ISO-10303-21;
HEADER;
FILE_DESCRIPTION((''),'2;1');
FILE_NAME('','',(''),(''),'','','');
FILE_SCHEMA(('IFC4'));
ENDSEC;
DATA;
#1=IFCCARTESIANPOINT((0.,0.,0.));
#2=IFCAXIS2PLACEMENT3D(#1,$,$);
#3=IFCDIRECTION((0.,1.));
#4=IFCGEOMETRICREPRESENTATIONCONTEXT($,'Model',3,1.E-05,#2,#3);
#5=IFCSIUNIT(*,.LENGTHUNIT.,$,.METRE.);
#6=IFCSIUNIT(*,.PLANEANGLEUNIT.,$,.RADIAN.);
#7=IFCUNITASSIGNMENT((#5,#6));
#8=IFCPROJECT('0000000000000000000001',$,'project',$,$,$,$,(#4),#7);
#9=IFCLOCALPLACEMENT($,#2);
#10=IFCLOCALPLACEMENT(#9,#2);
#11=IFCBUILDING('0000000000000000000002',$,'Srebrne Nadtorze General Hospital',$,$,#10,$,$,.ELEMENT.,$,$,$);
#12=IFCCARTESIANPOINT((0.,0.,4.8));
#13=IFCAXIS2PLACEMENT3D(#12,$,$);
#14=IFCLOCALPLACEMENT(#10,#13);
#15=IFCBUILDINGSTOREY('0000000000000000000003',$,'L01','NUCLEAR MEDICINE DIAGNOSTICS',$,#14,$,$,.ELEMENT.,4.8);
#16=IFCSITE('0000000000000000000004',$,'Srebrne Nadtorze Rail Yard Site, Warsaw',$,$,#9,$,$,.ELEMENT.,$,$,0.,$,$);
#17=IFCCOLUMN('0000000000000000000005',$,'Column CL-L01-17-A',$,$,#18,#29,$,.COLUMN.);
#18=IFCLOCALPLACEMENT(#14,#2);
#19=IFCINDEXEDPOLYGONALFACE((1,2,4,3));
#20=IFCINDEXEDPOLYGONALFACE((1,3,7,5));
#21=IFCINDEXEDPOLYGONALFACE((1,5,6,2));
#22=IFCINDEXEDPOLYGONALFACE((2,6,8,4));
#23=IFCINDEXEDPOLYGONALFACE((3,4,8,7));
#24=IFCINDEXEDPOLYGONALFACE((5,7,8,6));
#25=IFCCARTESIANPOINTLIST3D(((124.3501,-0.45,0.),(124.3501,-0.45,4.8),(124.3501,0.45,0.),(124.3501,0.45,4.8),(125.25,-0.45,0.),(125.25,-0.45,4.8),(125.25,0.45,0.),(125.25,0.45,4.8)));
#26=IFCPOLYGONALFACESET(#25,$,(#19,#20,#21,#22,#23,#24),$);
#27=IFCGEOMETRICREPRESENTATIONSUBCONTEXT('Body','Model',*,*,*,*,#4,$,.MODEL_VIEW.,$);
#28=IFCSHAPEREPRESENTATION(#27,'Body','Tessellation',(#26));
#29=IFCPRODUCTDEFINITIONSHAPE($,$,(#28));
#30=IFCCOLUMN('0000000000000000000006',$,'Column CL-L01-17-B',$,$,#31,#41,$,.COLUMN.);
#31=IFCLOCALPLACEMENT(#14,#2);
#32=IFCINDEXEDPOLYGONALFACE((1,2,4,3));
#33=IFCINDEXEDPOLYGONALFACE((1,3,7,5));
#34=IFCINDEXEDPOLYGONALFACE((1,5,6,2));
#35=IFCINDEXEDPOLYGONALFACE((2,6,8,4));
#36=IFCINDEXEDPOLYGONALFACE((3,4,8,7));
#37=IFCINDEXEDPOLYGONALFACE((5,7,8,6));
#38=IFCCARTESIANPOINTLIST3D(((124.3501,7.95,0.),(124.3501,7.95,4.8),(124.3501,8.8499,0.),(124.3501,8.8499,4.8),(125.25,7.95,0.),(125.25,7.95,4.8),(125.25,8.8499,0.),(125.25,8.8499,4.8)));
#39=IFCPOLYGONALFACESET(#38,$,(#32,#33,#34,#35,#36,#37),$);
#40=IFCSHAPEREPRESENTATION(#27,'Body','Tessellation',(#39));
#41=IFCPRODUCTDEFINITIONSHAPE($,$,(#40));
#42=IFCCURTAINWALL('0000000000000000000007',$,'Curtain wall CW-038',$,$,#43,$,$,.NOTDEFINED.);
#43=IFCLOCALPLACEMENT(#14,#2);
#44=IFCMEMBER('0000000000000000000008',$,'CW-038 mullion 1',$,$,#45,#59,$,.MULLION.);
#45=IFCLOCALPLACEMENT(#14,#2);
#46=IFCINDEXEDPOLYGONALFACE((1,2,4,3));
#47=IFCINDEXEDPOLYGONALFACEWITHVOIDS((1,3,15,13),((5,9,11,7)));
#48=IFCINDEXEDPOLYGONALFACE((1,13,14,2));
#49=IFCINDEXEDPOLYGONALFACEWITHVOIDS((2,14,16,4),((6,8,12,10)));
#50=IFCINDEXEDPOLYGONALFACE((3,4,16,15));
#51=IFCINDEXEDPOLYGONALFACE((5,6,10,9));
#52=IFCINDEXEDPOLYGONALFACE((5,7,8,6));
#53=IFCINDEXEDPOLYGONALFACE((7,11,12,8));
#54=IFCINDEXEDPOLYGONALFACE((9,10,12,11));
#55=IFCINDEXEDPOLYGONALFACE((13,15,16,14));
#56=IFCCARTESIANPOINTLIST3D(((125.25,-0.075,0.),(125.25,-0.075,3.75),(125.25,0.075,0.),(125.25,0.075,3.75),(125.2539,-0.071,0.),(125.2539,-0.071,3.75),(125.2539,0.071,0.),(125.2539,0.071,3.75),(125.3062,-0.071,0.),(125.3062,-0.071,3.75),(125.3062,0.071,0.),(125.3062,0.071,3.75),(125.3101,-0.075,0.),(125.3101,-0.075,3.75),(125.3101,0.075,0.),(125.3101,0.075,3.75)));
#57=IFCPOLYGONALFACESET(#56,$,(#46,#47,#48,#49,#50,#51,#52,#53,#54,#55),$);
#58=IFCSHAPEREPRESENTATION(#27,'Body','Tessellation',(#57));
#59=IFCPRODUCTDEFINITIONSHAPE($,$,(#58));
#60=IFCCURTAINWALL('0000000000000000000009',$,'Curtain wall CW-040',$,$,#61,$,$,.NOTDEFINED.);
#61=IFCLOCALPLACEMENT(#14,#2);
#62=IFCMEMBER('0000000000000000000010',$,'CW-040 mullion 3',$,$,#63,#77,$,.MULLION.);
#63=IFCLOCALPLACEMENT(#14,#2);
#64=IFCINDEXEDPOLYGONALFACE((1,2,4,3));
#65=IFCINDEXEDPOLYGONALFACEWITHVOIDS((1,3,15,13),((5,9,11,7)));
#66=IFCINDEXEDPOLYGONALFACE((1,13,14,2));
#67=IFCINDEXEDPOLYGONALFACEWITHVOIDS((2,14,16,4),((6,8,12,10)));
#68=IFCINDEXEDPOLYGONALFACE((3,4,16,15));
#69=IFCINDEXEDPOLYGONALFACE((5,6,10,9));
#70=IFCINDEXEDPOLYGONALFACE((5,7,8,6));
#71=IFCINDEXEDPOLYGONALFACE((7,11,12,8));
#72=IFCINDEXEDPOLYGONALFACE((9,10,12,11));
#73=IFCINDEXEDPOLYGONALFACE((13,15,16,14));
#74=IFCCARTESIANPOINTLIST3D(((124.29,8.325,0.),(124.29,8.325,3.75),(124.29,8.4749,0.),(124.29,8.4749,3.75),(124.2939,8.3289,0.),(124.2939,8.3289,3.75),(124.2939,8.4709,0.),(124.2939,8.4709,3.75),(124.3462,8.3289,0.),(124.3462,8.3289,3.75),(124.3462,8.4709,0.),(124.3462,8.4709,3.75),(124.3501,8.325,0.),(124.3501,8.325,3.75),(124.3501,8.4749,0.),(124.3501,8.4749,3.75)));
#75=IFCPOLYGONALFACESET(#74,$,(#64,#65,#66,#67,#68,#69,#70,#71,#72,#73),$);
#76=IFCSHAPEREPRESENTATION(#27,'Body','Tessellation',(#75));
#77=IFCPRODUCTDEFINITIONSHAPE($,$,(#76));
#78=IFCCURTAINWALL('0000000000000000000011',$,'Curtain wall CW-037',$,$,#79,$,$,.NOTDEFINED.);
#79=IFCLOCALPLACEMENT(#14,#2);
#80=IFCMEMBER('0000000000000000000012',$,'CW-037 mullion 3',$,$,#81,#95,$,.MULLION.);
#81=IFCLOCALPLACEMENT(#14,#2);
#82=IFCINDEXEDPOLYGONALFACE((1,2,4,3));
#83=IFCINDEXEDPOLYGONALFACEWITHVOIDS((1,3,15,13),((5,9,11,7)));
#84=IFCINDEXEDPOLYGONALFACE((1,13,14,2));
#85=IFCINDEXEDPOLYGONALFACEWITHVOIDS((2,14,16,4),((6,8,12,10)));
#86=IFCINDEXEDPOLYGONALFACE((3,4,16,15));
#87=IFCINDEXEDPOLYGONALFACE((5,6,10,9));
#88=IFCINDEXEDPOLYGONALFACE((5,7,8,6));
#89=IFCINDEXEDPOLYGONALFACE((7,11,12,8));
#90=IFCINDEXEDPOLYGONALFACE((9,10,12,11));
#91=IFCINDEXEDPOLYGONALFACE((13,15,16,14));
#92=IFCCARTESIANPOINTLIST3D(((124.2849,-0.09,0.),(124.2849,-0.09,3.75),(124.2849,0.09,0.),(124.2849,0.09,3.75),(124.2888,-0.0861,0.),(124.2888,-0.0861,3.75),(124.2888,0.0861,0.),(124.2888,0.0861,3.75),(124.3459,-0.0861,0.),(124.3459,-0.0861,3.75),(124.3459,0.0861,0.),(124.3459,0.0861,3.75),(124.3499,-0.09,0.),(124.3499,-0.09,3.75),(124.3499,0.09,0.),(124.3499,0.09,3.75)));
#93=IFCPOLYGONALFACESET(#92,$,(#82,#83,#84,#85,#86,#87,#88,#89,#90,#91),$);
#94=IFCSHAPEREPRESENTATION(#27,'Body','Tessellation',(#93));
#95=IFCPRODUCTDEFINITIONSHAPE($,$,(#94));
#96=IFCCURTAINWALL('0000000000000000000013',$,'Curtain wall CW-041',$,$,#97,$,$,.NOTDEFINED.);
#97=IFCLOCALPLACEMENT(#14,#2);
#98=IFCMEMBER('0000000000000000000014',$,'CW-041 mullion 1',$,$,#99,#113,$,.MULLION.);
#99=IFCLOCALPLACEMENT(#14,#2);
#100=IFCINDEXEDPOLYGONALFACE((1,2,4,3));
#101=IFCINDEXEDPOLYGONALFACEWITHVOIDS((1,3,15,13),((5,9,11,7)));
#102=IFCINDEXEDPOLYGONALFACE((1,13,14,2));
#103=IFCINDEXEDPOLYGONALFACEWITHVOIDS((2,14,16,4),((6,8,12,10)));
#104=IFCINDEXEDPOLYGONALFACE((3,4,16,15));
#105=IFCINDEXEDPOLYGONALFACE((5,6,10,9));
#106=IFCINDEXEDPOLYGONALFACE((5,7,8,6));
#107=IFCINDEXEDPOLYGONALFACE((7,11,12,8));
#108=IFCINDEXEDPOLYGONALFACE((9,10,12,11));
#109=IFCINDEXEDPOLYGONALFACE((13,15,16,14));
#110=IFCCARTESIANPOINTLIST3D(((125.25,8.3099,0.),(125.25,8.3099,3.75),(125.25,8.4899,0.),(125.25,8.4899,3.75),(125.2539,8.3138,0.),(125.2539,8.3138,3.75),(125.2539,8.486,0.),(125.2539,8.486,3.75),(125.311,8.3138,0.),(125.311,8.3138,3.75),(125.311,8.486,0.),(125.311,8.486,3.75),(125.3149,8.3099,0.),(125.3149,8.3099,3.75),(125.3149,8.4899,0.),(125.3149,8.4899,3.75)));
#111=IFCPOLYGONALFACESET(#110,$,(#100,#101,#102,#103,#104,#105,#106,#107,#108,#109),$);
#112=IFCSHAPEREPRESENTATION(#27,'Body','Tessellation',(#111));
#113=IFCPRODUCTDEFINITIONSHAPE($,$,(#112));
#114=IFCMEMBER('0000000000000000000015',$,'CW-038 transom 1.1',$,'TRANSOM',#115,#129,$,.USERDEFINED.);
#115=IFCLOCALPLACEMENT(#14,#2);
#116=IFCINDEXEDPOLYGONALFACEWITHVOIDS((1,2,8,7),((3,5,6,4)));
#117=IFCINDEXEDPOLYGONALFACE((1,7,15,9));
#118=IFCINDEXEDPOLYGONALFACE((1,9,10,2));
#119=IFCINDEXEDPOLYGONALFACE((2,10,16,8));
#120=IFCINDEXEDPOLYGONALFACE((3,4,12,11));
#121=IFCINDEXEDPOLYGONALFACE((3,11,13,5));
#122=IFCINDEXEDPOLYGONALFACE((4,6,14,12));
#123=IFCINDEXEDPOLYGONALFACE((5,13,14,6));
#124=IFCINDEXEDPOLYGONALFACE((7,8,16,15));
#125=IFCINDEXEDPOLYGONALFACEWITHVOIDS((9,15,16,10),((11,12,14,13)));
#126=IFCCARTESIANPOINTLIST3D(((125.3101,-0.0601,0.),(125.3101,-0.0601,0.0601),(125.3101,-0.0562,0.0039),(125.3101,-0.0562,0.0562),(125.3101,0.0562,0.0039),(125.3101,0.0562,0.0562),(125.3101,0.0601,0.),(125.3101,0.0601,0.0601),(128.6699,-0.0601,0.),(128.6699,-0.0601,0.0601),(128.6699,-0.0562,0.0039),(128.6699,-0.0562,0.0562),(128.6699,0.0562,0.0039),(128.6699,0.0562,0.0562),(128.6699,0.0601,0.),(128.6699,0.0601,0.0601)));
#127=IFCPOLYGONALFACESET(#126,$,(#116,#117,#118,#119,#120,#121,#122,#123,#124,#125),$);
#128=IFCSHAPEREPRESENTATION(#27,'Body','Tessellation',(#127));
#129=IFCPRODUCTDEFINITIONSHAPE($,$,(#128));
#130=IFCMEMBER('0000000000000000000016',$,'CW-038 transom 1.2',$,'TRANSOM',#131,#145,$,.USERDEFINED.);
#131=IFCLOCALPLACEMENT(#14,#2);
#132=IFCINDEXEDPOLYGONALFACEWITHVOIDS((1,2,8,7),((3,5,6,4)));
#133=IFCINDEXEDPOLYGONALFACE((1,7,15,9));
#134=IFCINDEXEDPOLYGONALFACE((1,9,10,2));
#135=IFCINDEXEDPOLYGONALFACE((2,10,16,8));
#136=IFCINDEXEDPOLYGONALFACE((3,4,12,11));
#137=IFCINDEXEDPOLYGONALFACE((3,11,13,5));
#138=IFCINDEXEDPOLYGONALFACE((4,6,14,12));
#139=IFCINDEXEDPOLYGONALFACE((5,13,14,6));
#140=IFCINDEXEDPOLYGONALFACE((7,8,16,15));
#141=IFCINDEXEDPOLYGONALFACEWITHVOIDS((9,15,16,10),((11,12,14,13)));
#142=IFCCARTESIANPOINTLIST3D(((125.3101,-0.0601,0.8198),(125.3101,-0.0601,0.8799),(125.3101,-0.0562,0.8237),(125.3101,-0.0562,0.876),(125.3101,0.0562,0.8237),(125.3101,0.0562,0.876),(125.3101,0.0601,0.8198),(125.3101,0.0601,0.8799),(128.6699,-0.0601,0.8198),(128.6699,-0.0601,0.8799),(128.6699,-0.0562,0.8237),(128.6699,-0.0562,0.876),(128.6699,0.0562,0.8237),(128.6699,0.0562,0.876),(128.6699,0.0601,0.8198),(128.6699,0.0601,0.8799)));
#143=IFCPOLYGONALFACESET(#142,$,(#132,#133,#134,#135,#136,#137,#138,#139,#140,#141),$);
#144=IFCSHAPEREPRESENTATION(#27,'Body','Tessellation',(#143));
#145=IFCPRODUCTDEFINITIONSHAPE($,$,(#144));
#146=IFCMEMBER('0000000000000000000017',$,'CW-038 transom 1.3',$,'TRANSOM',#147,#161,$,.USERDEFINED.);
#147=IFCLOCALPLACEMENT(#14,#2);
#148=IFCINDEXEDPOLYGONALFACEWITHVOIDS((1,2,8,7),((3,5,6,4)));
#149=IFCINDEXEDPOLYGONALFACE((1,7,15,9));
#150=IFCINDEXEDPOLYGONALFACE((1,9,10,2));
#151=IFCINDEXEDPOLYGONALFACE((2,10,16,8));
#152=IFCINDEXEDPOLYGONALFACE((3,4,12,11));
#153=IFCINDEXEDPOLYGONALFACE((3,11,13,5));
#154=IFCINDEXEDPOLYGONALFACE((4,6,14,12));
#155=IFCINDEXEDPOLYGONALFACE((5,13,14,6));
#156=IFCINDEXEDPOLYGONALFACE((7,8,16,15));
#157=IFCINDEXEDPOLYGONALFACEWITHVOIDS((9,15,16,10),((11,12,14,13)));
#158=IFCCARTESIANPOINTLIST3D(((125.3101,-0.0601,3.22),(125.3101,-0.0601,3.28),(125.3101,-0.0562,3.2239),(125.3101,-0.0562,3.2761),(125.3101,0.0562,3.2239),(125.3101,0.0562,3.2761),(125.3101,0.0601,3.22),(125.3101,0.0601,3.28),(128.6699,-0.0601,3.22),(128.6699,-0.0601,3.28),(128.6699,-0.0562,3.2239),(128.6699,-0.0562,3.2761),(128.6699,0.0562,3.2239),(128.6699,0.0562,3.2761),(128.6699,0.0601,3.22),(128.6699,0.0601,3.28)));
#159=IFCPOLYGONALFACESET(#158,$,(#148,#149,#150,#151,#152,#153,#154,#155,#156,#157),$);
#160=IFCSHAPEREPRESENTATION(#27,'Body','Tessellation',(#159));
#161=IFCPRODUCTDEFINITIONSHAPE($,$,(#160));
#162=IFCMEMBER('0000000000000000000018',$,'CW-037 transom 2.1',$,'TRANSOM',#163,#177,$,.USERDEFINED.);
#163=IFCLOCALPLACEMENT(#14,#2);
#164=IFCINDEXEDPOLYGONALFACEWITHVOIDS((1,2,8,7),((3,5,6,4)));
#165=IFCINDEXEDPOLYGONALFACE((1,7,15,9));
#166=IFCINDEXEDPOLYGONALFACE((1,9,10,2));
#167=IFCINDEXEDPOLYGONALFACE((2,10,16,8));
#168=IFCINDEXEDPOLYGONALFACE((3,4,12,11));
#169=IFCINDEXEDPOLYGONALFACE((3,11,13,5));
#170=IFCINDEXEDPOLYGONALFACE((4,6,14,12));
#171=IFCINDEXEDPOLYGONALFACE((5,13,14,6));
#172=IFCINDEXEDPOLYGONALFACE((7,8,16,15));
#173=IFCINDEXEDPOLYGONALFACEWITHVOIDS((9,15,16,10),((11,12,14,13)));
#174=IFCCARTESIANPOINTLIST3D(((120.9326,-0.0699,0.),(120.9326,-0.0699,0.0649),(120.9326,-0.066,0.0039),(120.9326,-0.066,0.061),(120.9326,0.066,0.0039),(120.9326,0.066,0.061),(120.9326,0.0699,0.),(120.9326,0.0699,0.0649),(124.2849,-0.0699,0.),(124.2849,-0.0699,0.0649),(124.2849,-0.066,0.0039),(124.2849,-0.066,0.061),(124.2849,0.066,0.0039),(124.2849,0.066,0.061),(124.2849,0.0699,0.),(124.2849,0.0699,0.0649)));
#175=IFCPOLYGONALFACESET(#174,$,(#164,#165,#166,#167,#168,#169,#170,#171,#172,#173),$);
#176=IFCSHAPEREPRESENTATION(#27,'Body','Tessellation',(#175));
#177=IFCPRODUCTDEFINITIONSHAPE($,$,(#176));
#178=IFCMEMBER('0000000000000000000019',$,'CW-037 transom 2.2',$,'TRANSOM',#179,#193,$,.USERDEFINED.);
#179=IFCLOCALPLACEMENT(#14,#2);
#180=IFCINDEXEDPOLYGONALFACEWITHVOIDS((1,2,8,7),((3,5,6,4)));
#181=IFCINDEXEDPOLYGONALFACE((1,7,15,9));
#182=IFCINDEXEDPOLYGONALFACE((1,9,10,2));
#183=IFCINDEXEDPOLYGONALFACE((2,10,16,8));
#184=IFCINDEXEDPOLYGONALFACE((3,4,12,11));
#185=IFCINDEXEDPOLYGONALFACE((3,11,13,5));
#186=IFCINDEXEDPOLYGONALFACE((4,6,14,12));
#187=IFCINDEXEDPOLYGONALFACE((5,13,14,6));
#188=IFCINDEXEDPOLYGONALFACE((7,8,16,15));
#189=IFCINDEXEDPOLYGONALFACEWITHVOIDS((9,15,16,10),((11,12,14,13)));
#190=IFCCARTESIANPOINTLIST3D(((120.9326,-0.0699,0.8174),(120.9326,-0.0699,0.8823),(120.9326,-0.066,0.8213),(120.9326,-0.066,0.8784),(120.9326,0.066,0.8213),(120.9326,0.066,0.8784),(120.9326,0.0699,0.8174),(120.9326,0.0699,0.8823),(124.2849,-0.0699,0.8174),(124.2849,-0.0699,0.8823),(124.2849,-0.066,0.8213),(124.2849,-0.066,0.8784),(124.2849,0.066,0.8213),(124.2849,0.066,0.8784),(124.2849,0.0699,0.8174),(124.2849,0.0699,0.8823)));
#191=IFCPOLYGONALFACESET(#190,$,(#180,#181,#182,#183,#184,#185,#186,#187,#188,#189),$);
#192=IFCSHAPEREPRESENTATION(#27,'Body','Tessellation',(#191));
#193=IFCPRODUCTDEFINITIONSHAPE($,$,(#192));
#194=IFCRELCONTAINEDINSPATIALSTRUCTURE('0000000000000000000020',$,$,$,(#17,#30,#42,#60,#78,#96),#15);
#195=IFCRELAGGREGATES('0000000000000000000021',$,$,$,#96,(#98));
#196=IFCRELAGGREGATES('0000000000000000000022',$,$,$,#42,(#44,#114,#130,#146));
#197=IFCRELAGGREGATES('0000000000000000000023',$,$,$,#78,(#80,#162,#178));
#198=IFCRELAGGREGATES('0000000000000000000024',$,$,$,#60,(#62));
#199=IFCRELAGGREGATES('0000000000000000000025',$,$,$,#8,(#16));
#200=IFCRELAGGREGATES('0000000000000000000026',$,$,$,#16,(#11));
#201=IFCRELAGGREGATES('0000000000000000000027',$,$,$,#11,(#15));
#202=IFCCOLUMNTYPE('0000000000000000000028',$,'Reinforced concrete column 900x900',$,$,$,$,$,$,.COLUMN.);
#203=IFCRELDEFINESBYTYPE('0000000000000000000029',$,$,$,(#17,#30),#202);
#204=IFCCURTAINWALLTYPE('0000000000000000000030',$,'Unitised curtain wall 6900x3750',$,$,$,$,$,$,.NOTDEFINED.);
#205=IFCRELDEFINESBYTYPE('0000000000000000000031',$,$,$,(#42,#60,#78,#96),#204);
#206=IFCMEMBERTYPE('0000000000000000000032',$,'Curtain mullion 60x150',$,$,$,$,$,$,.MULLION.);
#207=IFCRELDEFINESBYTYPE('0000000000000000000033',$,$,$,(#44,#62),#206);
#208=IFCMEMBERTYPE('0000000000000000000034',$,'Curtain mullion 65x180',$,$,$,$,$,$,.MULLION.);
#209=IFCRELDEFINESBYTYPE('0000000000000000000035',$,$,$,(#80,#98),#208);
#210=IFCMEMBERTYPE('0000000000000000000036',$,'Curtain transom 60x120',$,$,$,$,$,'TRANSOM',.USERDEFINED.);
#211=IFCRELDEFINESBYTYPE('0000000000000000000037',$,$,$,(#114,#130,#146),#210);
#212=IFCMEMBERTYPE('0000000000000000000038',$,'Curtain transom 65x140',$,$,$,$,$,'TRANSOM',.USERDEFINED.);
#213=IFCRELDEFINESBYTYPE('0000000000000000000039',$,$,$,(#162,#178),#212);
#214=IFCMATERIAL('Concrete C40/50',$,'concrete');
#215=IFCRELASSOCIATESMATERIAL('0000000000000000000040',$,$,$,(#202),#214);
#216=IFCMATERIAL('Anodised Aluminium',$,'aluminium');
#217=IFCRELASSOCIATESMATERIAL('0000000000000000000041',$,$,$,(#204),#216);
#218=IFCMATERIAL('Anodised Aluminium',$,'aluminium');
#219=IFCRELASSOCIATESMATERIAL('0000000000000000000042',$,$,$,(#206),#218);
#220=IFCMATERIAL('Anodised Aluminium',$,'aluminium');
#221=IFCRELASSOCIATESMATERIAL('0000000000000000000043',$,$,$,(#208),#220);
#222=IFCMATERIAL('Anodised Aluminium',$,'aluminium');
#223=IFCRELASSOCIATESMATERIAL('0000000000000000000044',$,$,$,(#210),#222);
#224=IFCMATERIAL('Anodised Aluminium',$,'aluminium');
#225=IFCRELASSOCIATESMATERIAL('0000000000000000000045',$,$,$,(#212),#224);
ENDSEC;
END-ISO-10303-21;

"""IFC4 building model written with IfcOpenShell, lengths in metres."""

from ifc_helpers import new_model, si_unit, direction, frame, origin, origin_2d, place, context, subcontext, project, spatial, rectangle, hollow_rectangle, extrude, material, material_profile, profile_set, type_object, element, aggregate, save


model = new_model("IFC4")

# Units and contexts
model_context = context("Model", 3, precision=1e-05, world=origin(), true_north=direction((0.0, 1.0)))
body_context = subcontext(model_context, "Body", "Model", "MODEL_VIEW")
ifc_project = project(units=[si_unit("LENGTHUNIT", "METRE"), si_unit("PLANEANGLEUNIT", "RADIAN")], contexts=[model_context])

# Site, building, storey
site_placement = place(None, origin())
site = spatial("IfcSite", under=ifc_project, at=site_placement, Name="Srebrne Nadtorze Rail Yard Site, Warsaw", CompositionType="ELEMENT", RefElevation=0.0)
building_placement = place(site_placement, origin())
building = spatial("IfcBuilding", under=site, at=building_placement, Name="Srebrne Nadtorze General Hospital", CompositionType="ELEMENT")
storey_placement = place(building_placement, frame((0.0, 0.0, 4.8)))
storey = spatial("IfcBuildingStorey", under=building, at=storey_placement, Name="L01", Description="NUCLEAR MEDICINE DIAGNOSTICS", CompositionType="ELEMENT", Elevation=4.8)

# Columns
ifc_material_1 = material(Name="Concrete C40/50", Category="concrete")
ifc_material_profile_1 = material_profile(ifc_material_1, rectangle(XDim=0.8999, YDim=0.8999, at=origin_2d()), Name="RC-COL-900x900")
ifc_profile_set_1 = profile_set([ifc_material_profile_1], Name="Concrete C40/50")
column_type = type_object("IfcColumnType", Name="Reinforced concrete column 900x900", PredefinedType="COLUMN", material=ifc_profile_set_1)
for number, where, z_axis, x_axis, name in (
    (1, (124.8, 0.0, 0.0), (0.0, 0.0, 1.0), (1.0, 0.0, 0.0), "Column CL-L01-17-A"),
    (2, (124.8, 8.3999, 0.0), (0.0, 0.0, 1.0), (1.0, 0.0, 0.0), "Column CL-L01-17-B"),
):
    element("IfcColumn", number, at=place(storey_placement, frame(where, z_axis=z_axis, x_axis=x_axis)), inside=storey, type_object=column_type, Name=name, PredefinedType="COLUMN", context=body_context, shape_type="SweptSolid", body=[
        extrude(rectangle(XDim=0.8999, YDim=0.8999, at=origin_2d()), origin(), (0.0, 0.0, 1.0), 4.8),
    ])

# Curtain walls, members
ifc_material_2 = material(Name="Anodised Aluminium", Category="aluminium")
curtain_wall_type = type_object("IfcCurtainWallType", Name="Unitised curtain wall 6900x3750", PredefinedType="NOTDEFINED", material=ifc_material_2)
curtain_wall_1_placement = place(storey_placement, origin())
curtain_wall_1 = element("IfcCurtainWall", 3, at=curtain_wall_1_placement, inside=storey, type_object=curtain_wall_type, Name="Curtain wall CW-038", PredefinedType="NOTDEFINED")
ifc_material_3 = material(Name="Anodised Aluminium", Category="aluminium")
ifc_material_profile_2 = material_profile(ifc_material_3, hollow_rectangle(XDim=0.0601, YDim=0.1499, WallThickness=0.0039, at=origin_2d()), Name="AL-MUL-60x150")
ifc_profile_set_2 = profile_set([ifc_material_profile_2], Name="Anodised Aluminium")
member_type_1 = type_object("IfcMemberType", Name="Curtain mullion 60x150", PredefinedType="MULLION", material=ifc_profile_set_2)
member_1_placement = place(storey_placement, frame((125.28, 0.0, 0.0), z_axis=(0.0, 0.0, 1.0), x_axis=(1.0, 0.0, 0.0)))
member_1 = element("IfcMember", 4, at=member_1_placement, type_object=member_type_1, Name="CW-038 mullion 1", PredefinedType="MULLION", context=body_context, shape_type="SweptSolid", body=[
    extrude(hollow_rectangle(XDim=0.0601, YDim=0.1499, WallThickness=0.0039, at=origin_2d()), origin(), (0.0, 0.0, 1.0), 3.75),
])
curtain_wall_2_placement = place(storey_placement, origin())
curtain_wall_2 = element("IfcCurtainWall", 5, at=curtain_wall_2_placement, inside=storey, type_object=curtain_wall_type, Name="Curtain wall CW-040", PredefinedType="NOTDEFINED")
member_2_placement = place(storey_placement, frame((124.3201, 8.3999, 0.0), z_axis=(0.0, 0.0, 1.0), x_axis=(1.0, 0.0, 0.0)))
member_2 = element("IfcMember", 6, at=member_2_placement, type_object=member_type_1, Name="CW-040 mullion 3", PredefinedType="MULLION", context=body_context, shape_type="SweptSolid", body=[
    extrude(hollow_rectangle(XDim=0.0601, YDim=0.1499, WallThickness=0.0039, at=origin_2d()), origin(), (0.0, 0.0, 1.0), 3.75),
])
curtain_wall_3_placement = place(storey_placement, origin())
curtain_wall_3 = element("IfcCurtainWall", 7, at=curtain_wall_3_placement, inside=storey, type_object=curtain_wall_type, Name="Curtain wall CW-037", PredefinedType="NOTDEFINED")
ifc_material_4 = material(Name="Anodised Aluminium", Category="aluminium")
ifc_material_profile_3 = material_profile(ifc_material_4, hollow_rectangle(XDim=0.0649, YDim=0.1799, WallThickness=0.0039, at=origin_2d()), Name="AL-MUL-65x180")
ifc_profile_set_3 = profile_set([ifc_material_profile_3], Name="Anodised Aluminium")
member_type_2 = type_object("IfcMemberType", Name="Curtain mullion 65x180", PredefinedType="MULLION", material=ifc_profile_set_3)
member_3_placement = place(storey_placement, frame((124.3174, 0.0, 0.0), z_axis=(0.0, 0.0, 1.0), x_axis=(1.0, 0.0, 0.0)))
member_3 = element("IfcMember", 8, at=member_3_placement, type_object=member_type_2, Name="CW-037 mullion 3", PredefinedType="MULLION", context=body_context, shape_type="SweptSolid", body=[
    extrude(hollow_rectangle(XDim=0.0649, YDim=0.1799, WallThickness=0.0039, at=origin_2d()), origin(), (0.0, 0.0, 1.0), 3.75),
])
curtain_wall_4_placement = place(storey_placement, origin())
curtain_wall_4 = element("IfcCurtainWall", 9, at=curtain_wall_4_placement, inside=storey, type_object=curtain_wall_type, Name="Curtain wall CW-041", PredefinedType="NOTDEFINED")
member_4_placement = place(storey_placement, frame((125.2825, 8.3999, 0.0), z_axis=(0.0, 0.0, 1.0), x_axis=(1.0, 0.0, 0.0)))
member_4 = element("IfcMember", 10, at=member_4_placement, type_object=member_type_2, Name="CW-041 mullion 1", PredefinedType="MULLION", context=body_context, shape_type="SweptSolid", body=[
    extrude(hollow_rectangle(XDim=0.0649, YDim=0.1799, WallThickness=0.0039, at=origin_2d()), origin(), (0.0, 0.0, 1.0), 3.75),
])
aggregate(curtain_wall_4, [member_4])

# Members
ifc_material_5 = material(Name="Anodised Aluminium", Category="aluminium")
ifc_material_profile_4 = material_profile(ifc_material_5, hollow_rectangle(XDim=0.0601, YDim=0.1201, WallThickness=0.0039, at=origin_2d()), Name="AL-TRN-60x120")
ifc_profile_set_4 = profile_set([ifc_material_profile_4], Name="Anodised Aluminium")
member_type_3 = type_object("IfcMemberType", Name="Curtain transom 60x120", ElementType="TRANSOM", PredefinedType="USERDEFINED", material=ifc_profile_set_4)
member_5_placement = place(storey_placement, frame((125.3101, 0.0, 0.03), z_axis=(1.0, 0.0, 0.0), x_axis=(0.0, 0.0, 1.0)))
member_5 = element("IfcMember", 11, at=member_5_placement, type_object=member_type_3, Name="CW-038 transom 1.1", ObjectType="TRANSOM", PredefinedType="USERDEFINED", context=body_context, shape_type="SweptSolid", body=[
    extrude(hollow_rectangle(XDim=0.0601, YDim=0.1201, WallThickness=0.0039, at=origin_2d()), origin(), (0.0, 0.0, 1.0), 3.3599),
])
member_6_placement = place(storey_placement, frame((125.3101, 0.0, 0.8499), z_axis=(1.0, 0.0, 0.0), x_axis=(0.0, 0.0, 1.0)))
member_6 = element("IfcMember", 12, at=member_6_placement, type_object=member_type_3, Name="CW-038 transom 1.2", ObjectType="TRANSOM", PredefinedType="USERDEFINED", context=body_context, shape_type="SweptSolid", body=[
    extrude(hollow_rectangle(XDim=0.0601, YDim=0.1201, WallThickness=0.0039, at=origin_2d()), origin(), (0.0, 0.0, 1.0), 3.3599),
])
member_7_placement = place(storey_placement, frame((125.3101, 0.0, 3.25), z_axis=(1.0, 0.0, 0.0), x_axis=(0.0, 0.0, 1.0)))
member_7 = element("IfcMember", 13, at=member_7_placement, type_object=member_type_3, Name="CW-038 transom 1.3", ObjectType="TRANSOM", PredefinedType="USERDEFINED", context=body_context, shape_type="SweptSolid", body=[
    extrude(hollow_rectangle(XDim=0.0601, YDim=0.1201, WallThickness=0.0039, at=origin_2d()), origin(), (0.0, 0.0, 1.0), 3.3599),
])
aggregate(curtain_wall_1, [member_1, member_5, member_6, member_7])
ifc_material_6 = material(Name="Anodised Aluminium", Category="aluminium")
ifc_material_profile_5 = material_profile(ifc_material_6, hollow_rectangle(XDim=0.0649, YDim=0.1399, WallThickness=0.0039, at=origin_2d()), Name="AL-TRN-65x140")
ifc_profile_set_5 = profile_set([ifc_material_profile_5], Name="Anodised Aluminium")
member_type_4 = type_object("IfcMemberType", Name="Curtain transom 65x140", ElementType="TRANSOM", PredefinedType="USERDEFINED", material=ifc_profile_set_5)
member_8_placement = place(storey_placement, frame((120.9326, 0.0, 0.0325), z_axis=(1.0, 0.0, 0.0), x_axis=(0.0, 0.0, 1.0)))
member_8 = element("IfcMember", 14, at=member_8_placement, type_object=member_type_4, Name="CW-037 transom 2.1", ObjectType="TRANSOM", PredefinedType="USERDEFINED", context=body_context, shape_type="SweptSolid", body=[
    extrude(hollow_rectangle(XDim=0.0649, YDim=0.1399, WallThickness=0.0039, at=origin_2d()), origin(), (0.0, 0.0, 1.0), 3.3523),
])
member_9_placement = place(storey_placement, frame((120.9326, 0.0, 0.8499), z_axis=(1.0, 0.0, 0.0), x_axis=(0.0, 0.0, 1.0)))
member_9 = element("IfcMember", 15, at=member_9_placement, type_object=member_type_4, Name="CW-037 transom 2.2", ObjectType="TRANSOM", PredefinedType="USERDEFINED", context=body_context, shape_type="SweptSolid", body=[
    extrude(hollow_rectangle(XDim=0.0649, YDim=0.1399, WallThickness=0.0039, at=origin_2d()), origin(), (0.0, 0.0, 1.0), 3.3523),
])

aggregate(curtain_wall_3, [member_3, member_8, member_9])
aggregate(curtain_wall_2, [member_2])

save(model, "model.ifc")
